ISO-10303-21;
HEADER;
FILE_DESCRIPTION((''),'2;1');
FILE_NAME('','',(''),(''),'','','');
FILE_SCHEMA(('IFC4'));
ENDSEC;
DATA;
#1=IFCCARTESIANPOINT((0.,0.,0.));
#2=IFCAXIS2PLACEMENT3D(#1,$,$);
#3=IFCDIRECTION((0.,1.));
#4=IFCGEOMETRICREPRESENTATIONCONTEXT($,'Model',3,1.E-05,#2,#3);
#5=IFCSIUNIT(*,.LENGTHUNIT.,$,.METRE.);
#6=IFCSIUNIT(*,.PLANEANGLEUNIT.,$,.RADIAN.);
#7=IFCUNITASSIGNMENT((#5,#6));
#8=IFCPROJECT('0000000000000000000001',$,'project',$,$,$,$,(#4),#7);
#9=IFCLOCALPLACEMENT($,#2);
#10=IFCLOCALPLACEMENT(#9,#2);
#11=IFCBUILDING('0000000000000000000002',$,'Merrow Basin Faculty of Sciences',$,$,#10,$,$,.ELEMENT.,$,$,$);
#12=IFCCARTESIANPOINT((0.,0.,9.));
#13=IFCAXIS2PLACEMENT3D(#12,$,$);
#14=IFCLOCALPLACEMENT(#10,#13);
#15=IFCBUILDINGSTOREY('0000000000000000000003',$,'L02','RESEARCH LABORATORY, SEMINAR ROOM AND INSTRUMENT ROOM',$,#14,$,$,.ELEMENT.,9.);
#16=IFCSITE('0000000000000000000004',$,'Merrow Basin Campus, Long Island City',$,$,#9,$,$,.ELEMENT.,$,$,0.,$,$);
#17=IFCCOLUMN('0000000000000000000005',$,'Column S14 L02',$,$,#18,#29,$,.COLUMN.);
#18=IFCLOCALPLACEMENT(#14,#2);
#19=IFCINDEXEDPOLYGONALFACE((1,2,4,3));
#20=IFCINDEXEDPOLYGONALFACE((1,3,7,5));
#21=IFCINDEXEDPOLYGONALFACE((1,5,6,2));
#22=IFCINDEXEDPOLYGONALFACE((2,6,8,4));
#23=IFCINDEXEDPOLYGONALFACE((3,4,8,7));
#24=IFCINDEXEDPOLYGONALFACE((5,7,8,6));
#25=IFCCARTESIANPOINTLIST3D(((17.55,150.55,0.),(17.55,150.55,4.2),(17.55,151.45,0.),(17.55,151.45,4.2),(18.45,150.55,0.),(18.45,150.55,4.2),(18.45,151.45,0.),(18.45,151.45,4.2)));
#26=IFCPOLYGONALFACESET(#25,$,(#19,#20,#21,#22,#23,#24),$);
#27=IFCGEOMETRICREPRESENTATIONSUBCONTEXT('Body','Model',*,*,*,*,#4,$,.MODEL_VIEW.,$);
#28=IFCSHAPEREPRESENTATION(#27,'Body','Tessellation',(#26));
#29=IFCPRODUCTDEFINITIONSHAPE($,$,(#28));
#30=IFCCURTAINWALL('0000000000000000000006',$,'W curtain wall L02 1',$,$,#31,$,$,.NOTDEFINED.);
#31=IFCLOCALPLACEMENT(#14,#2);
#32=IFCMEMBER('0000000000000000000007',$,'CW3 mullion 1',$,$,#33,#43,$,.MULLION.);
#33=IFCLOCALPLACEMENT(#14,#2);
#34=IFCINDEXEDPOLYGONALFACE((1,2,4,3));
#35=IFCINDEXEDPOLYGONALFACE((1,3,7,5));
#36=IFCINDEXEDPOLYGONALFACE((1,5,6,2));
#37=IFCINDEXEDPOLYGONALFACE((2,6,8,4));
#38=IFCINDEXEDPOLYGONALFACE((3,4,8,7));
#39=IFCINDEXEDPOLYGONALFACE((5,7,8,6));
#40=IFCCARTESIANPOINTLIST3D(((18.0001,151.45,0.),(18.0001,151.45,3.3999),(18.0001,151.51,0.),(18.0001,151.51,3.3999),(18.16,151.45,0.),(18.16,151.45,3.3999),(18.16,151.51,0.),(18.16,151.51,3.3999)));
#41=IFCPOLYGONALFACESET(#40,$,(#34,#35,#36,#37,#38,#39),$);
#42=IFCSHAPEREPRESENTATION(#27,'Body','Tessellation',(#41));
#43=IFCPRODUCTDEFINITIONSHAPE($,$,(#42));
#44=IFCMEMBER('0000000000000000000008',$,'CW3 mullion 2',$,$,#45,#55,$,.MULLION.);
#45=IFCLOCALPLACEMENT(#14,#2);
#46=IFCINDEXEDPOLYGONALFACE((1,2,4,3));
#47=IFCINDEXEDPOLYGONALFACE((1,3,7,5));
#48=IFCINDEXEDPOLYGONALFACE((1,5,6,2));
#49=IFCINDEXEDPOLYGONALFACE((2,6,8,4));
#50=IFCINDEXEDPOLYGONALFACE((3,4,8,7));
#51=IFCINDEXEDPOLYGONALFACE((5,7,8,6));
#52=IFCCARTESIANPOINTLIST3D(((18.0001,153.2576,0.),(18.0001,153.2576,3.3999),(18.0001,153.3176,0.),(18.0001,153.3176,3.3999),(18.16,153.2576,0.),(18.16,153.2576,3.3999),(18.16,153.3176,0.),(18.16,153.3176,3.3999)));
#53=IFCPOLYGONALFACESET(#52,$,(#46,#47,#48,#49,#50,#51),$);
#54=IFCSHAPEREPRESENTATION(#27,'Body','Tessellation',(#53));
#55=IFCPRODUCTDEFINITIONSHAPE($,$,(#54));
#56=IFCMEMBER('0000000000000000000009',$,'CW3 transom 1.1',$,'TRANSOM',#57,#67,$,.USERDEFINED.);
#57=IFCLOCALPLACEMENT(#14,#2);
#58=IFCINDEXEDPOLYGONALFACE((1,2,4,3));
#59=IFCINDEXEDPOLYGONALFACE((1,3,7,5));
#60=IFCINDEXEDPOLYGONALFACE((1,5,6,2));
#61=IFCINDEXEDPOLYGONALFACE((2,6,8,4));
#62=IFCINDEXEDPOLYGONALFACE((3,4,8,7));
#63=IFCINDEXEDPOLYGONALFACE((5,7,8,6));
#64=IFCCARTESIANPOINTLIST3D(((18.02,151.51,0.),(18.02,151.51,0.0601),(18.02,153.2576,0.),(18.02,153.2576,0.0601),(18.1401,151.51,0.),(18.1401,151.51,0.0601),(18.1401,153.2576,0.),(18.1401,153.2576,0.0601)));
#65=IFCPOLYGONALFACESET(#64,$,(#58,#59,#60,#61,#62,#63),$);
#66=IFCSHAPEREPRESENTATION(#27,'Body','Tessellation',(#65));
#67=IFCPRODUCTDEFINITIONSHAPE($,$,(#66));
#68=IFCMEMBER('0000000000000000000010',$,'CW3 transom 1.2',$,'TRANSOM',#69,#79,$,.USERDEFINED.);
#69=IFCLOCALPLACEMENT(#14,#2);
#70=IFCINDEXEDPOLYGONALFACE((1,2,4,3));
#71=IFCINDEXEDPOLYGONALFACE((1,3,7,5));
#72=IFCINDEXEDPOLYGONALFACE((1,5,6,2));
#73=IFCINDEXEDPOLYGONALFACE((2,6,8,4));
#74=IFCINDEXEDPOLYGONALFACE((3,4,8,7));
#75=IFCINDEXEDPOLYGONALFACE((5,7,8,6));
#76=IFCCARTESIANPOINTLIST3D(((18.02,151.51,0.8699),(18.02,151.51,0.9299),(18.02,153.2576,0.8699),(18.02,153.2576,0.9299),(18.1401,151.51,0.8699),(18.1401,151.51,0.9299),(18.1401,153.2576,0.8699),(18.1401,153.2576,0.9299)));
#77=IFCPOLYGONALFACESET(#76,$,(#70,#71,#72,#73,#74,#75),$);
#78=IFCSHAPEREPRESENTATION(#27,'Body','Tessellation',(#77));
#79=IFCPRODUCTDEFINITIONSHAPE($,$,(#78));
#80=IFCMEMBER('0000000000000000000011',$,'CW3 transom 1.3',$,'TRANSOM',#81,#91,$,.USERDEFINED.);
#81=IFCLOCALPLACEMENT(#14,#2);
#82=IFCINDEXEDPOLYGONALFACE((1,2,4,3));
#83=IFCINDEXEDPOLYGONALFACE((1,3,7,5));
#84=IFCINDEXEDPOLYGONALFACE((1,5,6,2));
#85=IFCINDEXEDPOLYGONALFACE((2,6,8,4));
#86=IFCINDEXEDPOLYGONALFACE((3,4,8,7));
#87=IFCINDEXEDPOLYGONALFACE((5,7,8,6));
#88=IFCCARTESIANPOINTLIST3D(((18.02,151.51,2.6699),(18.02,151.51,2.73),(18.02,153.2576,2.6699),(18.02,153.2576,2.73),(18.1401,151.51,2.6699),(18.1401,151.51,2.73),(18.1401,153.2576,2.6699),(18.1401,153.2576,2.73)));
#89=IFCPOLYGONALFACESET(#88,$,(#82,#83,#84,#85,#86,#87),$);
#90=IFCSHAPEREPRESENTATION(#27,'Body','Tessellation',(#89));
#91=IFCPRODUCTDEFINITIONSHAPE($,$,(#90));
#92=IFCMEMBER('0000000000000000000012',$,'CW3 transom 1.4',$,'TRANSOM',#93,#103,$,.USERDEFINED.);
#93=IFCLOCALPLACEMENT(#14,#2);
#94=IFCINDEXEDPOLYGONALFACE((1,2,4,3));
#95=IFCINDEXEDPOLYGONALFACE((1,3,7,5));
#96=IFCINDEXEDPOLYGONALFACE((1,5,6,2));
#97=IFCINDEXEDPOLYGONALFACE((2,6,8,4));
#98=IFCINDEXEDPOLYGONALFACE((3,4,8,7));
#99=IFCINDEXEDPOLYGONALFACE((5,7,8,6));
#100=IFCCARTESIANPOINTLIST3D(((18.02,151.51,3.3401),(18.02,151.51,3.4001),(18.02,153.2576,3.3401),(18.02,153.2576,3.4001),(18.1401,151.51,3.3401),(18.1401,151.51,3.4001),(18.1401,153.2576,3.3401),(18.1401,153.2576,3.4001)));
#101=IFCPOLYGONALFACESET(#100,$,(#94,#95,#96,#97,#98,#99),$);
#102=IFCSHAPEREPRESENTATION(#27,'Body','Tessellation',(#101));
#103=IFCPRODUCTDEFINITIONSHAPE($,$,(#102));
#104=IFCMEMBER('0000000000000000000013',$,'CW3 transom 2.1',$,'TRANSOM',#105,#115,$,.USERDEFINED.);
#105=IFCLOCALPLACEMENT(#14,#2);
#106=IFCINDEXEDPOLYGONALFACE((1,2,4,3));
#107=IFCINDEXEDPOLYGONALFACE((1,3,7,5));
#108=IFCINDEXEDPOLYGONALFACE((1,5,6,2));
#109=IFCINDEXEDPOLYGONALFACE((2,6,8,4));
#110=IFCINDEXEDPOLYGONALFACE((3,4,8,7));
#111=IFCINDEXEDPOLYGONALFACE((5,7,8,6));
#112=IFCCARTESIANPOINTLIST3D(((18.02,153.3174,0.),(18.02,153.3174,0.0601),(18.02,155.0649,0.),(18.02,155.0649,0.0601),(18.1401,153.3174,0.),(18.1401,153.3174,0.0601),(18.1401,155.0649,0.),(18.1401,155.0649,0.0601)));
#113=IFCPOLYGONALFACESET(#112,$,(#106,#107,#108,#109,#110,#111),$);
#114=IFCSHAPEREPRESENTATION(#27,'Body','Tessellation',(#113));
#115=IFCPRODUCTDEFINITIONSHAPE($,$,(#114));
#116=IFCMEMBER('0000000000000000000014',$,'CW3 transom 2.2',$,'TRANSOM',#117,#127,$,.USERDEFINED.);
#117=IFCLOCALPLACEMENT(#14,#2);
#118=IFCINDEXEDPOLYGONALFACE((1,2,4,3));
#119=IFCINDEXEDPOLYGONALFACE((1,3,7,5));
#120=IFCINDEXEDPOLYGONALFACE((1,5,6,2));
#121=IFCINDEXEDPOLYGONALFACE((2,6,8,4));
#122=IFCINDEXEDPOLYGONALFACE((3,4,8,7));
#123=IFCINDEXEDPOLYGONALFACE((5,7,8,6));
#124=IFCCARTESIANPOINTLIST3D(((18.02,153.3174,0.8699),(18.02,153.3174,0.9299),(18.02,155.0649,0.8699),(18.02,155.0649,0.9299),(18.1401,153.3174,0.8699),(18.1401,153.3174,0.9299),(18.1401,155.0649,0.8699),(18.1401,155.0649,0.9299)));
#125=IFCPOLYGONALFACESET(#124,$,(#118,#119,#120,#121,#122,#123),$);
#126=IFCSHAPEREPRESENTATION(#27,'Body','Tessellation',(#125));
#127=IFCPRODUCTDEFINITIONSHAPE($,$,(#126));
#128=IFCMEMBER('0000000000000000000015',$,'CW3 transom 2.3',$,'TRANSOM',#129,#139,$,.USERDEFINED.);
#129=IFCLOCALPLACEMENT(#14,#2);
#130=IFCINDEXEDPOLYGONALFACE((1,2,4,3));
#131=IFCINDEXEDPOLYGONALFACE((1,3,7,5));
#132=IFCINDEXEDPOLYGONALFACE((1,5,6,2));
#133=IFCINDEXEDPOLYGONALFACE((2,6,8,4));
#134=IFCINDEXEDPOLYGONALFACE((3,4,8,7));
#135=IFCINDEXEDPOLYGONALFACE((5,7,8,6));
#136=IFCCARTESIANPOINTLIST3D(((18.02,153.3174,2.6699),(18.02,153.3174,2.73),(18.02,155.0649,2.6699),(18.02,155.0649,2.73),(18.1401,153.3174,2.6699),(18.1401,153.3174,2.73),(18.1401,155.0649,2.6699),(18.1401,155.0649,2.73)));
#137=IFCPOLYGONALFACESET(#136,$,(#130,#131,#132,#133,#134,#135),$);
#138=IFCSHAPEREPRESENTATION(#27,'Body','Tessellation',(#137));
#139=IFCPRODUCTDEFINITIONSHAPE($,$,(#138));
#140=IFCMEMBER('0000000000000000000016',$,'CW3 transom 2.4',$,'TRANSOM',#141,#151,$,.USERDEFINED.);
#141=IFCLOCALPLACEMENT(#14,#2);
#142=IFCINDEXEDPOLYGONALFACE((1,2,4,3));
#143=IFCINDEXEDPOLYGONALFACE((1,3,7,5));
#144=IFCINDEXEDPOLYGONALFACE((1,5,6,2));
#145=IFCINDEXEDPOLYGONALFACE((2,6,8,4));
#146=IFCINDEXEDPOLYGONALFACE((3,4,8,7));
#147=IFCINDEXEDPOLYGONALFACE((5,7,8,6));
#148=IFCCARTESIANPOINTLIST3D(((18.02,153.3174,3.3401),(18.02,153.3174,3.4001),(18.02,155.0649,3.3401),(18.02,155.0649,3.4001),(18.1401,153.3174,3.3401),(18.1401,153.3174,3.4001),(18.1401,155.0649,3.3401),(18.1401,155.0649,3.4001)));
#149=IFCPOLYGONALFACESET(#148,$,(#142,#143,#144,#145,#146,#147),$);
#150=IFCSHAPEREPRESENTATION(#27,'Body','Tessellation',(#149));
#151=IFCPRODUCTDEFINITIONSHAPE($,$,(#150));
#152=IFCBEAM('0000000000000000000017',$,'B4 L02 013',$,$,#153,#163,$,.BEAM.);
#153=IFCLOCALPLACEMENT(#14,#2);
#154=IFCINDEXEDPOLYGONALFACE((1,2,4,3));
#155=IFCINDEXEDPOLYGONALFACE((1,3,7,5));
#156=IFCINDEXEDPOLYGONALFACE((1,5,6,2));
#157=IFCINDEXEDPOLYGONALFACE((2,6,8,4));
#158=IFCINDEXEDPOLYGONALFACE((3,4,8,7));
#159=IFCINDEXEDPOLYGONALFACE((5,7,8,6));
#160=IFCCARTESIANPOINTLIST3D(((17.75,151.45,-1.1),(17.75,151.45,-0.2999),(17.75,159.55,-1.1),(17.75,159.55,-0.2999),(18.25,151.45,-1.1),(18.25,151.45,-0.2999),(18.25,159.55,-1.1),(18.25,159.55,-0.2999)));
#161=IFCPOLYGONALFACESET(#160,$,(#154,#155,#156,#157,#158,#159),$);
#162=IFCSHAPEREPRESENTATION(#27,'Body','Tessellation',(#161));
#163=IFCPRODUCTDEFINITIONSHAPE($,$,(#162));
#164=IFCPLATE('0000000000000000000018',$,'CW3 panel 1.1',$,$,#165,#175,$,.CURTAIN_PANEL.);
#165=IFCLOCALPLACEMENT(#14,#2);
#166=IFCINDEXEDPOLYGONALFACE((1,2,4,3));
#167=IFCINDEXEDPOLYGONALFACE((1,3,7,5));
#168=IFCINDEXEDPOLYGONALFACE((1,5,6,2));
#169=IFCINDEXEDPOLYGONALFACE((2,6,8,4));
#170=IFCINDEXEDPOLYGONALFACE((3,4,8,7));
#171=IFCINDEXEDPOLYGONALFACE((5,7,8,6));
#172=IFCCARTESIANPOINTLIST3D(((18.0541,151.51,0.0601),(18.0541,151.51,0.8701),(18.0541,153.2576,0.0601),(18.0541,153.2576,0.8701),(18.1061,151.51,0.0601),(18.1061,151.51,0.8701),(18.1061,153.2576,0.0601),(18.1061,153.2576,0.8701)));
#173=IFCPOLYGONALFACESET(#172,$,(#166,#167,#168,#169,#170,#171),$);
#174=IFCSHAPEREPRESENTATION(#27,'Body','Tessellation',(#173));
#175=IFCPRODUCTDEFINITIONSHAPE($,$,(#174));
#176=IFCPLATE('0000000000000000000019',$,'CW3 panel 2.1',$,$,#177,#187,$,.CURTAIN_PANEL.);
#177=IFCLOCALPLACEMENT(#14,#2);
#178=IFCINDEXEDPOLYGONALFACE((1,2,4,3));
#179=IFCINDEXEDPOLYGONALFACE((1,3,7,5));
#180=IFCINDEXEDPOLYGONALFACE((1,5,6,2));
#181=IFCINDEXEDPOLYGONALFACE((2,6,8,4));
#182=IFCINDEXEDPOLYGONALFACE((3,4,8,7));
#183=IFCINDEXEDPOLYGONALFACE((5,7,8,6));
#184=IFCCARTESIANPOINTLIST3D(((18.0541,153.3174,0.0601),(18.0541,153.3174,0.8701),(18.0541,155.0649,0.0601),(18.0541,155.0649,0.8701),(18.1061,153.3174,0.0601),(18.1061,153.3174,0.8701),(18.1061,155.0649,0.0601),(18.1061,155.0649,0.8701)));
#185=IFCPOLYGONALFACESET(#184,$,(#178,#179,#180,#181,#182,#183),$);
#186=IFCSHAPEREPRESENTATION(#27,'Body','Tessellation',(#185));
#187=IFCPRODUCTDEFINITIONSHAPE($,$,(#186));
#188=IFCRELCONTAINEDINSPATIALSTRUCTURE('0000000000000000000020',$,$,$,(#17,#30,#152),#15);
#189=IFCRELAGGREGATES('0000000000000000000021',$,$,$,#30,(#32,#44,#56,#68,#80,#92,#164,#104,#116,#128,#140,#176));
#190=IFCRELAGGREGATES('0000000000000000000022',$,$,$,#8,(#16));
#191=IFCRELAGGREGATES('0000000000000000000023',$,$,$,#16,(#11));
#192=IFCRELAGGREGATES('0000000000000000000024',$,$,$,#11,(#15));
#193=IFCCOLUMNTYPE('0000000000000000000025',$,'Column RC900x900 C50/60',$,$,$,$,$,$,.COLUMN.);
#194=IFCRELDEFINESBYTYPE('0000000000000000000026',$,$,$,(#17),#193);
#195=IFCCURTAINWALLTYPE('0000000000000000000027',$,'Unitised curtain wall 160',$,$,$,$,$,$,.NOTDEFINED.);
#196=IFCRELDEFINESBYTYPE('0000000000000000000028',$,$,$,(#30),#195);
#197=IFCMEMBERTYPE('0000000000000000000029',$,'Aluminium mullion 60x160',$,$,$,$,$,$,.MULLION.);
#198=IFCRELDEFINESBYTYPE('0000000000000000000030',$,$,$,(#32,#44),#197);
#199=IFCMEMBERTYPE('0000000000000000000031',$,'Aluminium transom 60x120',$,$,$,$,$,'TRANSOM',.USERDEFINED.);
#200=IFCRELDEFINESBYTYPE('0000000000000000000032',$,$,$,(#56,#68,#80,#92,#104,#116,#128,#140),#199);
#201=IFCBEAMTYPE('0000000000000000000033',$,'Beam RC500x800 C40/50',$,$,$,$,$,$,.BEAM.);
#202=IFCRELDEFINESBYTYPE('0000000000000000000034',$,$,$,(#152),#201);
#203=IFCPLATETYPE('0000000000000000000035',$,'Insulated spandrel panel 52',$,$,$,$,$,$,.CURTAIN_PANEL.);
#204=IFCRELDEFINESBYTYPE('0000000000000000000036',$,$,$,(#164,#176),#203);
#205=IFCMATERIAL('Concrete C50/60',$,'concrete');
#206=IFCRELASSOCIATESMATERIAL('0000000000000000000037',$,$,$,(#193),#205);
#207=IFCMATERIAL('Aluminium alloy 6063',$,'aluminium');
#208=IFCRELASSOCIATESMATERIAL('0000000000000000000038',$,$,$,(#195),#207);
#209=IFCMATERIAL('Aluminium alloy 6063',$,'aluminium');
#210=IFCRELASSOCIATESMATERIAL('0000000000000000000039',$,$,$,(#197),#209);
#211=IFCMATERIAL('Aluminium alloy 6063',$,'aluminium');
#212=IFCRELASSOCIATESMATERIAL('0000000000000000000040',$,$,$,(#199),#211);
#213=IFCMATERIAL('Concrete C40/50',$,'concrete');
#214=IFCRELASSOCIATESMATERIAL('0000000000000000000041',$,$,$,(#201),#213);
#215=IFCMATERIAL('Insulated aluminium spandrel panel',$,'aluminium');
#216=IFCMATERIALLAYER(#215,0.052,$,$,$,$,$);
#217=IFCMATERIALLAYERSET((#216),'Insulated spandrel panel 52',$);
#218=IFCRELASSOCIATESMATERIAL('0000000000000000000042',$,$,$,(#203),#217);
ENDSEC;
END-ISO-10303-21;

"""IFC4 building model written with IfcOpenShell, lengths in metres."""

from ifc_helpers import new_model, si_unit, direction, frame, origin, origin_2d, place, context, subcontext, project, spatial, rectangle, extrude, material, layer, layer_set, material_profile, profile_set, type_object, element, aggregate, save


model = new_model("IFC4")

# Units and contexts
model_context = context("Model", 3, precision=1e-05, world=origin(), true_north=direction((0.0, 1.0)))
body_context = subcontext(model_context, "Body", "Model", "MODEL_VIEW")
ifc_project = project(units=[si_unit("LENGTHUNIT", "METRE"), si_unit("PLANEANGLEUNIT", "RADIAN")], contexts=[model_context])

# Site, building, storey
site_placement = place(None, origin())
site = spatial("IfcSite", under=ifc_project, at=site_placement, Name="Merrow Basin Campus, Long Island City", CompositionType="ELEMENT", RefElevation=0.0)
building_placement = place(site_placement, origin())
building = spatial("IfcBuilding", under=site, at=building_placement, Name="Merrow Basin Faculty of Sciences", CompositionType="ELEMENT")
storey_placement = place(building_placement, frame((0.0, 0.0, 9.0)))
storey = spatial("IfcBuildingStorey", under=building, at=storey_placement, Name="L02", Description="RESEARCH LABORATORY, SEMINAR ROOM AND INSTRUMENT ROOM", CompositionType="ELEMENT", Elevation=9.0)

# Column
ifc_material_1 = material(Name="Concrete C50/60", Category="concrete")
ifc_material_profile_1 = material_profile(ifc_material_1, rectangle(XDim=0.8999, YDim=0.8999, at=origin_2d()))
ifc_profile_set_1 = profile_set([ifc_material_profile_1], Name="Concrete C50/60")
column_type = type_object("IfcColumnType", Name="Column RC900x900 C50/60", PredefinedType="COLUMN", material=ifc_profile_set_1)
column_placement = place(storey_placement, frame((18.0, 151.0, 0.0), z_axis=(0.0, 0.0, 1.0), x_axis=(1.0, 0.0, 0.0)))
element("IfcColumn", 1, at=column_placement, inside=storey, type_object=column_type, Name="Column S14 L02", PredefinedType="COLUMN", context=body_context, shape_type="SweptSolid", body=[
    extrude(rectangle(XDim=0.8999, YDim=0.8999, at=origin_2d()), origin(), (0.0, 0.0, 1.0), 4.2),
])

# Curtain wall, members
ifc_material_2 = material(Name="Aluminium alloy 6063", Category="aluminium")
curtain_wall_type = type_object("IfcCurtainWallType", Name="Unitised curtain wall 160", PredefinedType="NOTDEFINED", material=ifc_material_2)
curtain_wall_placement = place(storey_placement, origin())
curtain_wall = element("IfcCurtainWall", 2, at=curtain_wall_placement, inside=storey, type_object=curtain_wall_type, Name="W curtain wall L02 1", PredefinedType="NOTDEFINED")
ifc_material_3 = material(Name="Aluminium alloy 6063", Category="aluminium")
ifc_material_profile_2 = material_profile(ifc_material_3, rectangle(XDim=0.1599, YDim=0.0601, at=origin_2d()))
ifc_profile_set_2 = profile_set([ifc_material_profile_2], Name="Aluminium alloy 6063")
member_type_1 = type_object("IfcMemberType", Name="Aluminium mullion 60x160", PredefinedType="MULLION", material=ifc_profile_set_2)
member_1_placement = place(storey_placement, frame((18.0801, 151.48, 0.0), z_axis=(0.0, 0.0, 1.0), x_axis=(-1.0, 0.0, 0.0)))
member_1 = element("IfcMember", 3, at=member_1_placement, type_object=member_type_1, Name="CW3 mullion 1", PredefinedType="MULLION", context=body_context, shape_type="SweptSolid", body=[
    extrude(rectangle(XDim=0.1599, YDim=0.0601, at=origin_2d()), origin(), (0.0, 0.0, 1.0), 3.3999),
])
member_2_placement = place(storey_placement, frame((18.0801, 153.2876, 0.0), z_axis=(0.0, 0.0, 1.0), x_axis=(-1.0, 0.0, 0.0)))
member_2 = element("IfcMember", 4, at=member_2_placement, type_object=member_type_1, Name="CW3 mullion 2", PredefinedType="MULLION", context=body_context, shape_type="SweptSolid", body=[
    extrude(rectangle(XDim=0.1599, YDim=0.0601, at=origin_2d()), origin(), (0.0, 0.0, 1.0), 3.3999),
])
ifc_material_4 = material(Name="Aluminium alloy 6063", Category="aluminium")
ifc_material_profile_3 = material_profile(ifc_material_4, rectangle(XDim=0.1201, YDim=0.0601, at=origin_2d()))
ifc_profile_set_3 = profile_set([ifc_material_profile_3], Name="Aluminium alloy 6063")
member_type_2 = type_object("IfcMemberType", Name="Aluminium transom 60x120", ElementType="TRANSOM", PredefinedType="USERDEFINED", material=ifc_profile_set_3)
member_3_placement = place(storey_placement, frame((18.0801, 151.51, 0.03), z_axis=(0.0, 1.0, 0.0), x_axis=(-1.0, 0.0, 0.0)))
member_3 = element("IfcMember", 5, at=member_3_placement, type_object=member_type_2, Name="CW3 transom 1.1", ObjectType="TRANSOM", PredefinedType="USERDEFINED", context=body_context, shape_type="SweptSolid", body=[
    extrude(rectangle(XDim=0.1201, YDim=0.0601, at=origin_2d()), origin(), (0.0, 0.0, 1.0), 1.7476),
])
member_4_placement = place(storey_placement, frame((18.0801, 151.51, 0.8999), z_axis=(0.0, 1.0, 0.0), x_axis=(-1.0, 0.0, 0.0)))
member_4 = element("IfcMember", 6, at=member_4_placement, type_object=member_type_2, Name="CW3 transom 1.2", ObjectType="TRANSOM", PredefinedType="USERDEFINED", context=body_context, shape_type="SweptSolid", body=[
    extrude(rectangle(XDim=0.1201, YDim=0.0601, at=origin_2d()), origin(), (0.0, 0.0, 1.0), 1.7476),
])
member_5_placement = place(storey_placement, frame((18.0801, 151.51, 2.7), z_axis=(0.0, 1.0, 0.0), x_axis=(-1.0, 0.0, 0.0)))
member_5 = element("IfcMember", 7, at=member_5_placement, type_object=member_type_2, Name="CW3 transom 1.3", ObjectType="TRANSOM", PredefinedType="USERDEFINED", context=body_context, shape_type="SweptSolid", body=[
    extrude(rectangle(XDim=0.1201, YDim=0.0601, at=origin_2d()), origin(), (0.0, 0.0, 1.0), 1.7476),
])
member_6_placement = place(storey_placement, frame((18.0801, 151.51, 3.3701), z_axis=(0.0, 1.0, 0.0), x_axis=(-1.0, 0.0, 0.0)))
member_6 = element("IfcMember", 8, at=member_6_placement, type_object=member_type_2, Name="CW3 transom 1.4", ObjectType="TRANSOM", PredefinedType="USERDEFINED", context=body_context, shape_type="SweptSolid", body=[
    extrude(rectangle(XDim=0.1201, YDim=0.0601, at=origin_2d()), origin(), (0.0, 0.0, 1.0), 1.7476),
])
member_7_placement = place(storey_placement, frame((18.0801, 153.3174, 0.03), z_axis=(0.0, 1.0, 0.0), x_axis=(-1.0, 0.0, 0.0)))
member_7 = element("IfcMember", 9, at=member_7_placement, type_object=member_type_2, Name="CW3 transom 2.1", ObjectType="TRANSOM", PredefinedType="USERDEFINED", context=body_context, shape_type="SweptSolid", body=[
    extrude(rectangle(XDim=0.1201, YDim=0.0601, at=origin_2d()), origin(), (0.0, 0.0, 1.0), 1.7476),
])
member_8_placement = place(storey_placement, frame((18.0801, 153.3174, 0.8999), z_axis=(0.0, 1.0, 0.0), x_axis=(-1.0, 0.0, 0.0)))
member_8 = element("IfcMember", 10, at=member_8_placement, type_object=member_type_2, Name="CW3 transom 2.2", ObjectType="TRANSOM", PredefinedType="USERDEFINED", context=body_context, shape_type="SweptSolid", body=[
    extrude(rectangle(XDim=0.1201, YDim=0.0601, at=origin_2d()), origin(), (0.0, 0.0, 1.0), 1.7476),
])
member_9_placement = place(storey_placement, frame((18.0801, 153.3174, 2.7), z_axis=(0.0, 1.0, 0.0), x_axis=(-1.0, 0.0, 0.0)))
member_9 = element("IfcMember", 11, at=member_9_placement, type_object=member_type_2, Name="CW3 transom 2.3", ObjectType="TRANSOM", PredefinedType="USERDEFINED", context=body_context, shape_type="SweptSolid", body=[
    extrude(rectangle(XDim=0.1201, YDim=0.0601, at=origin_2d()), origin(), (0.0, 0.0, 1.0), 1.7476),
])
member_10_placement = place(storey_placement, frame((18.0801, 153.3174, 3.3701), z_axis=(0.0, 1.0, 0.0), x_axis=(-1.0, 0.0, 0.0)))
member_10 = element("IfcMember", 12, at=member_10_placement, type_object=member_type_2, Name="CW3 transom 2.4", ObjectType="TRANSOM", PredefinedType="USERDEFINED", context=body_context, shape_type="SweptSolid", body=[
    extrude(rectangle(XDim=0.1201, YDim=0.0601, at=origin_2d()), origin(), (0.0, 0.0, 1.0), 1.7476),
])

# Beam
ifc_material_5 = material(Name="Concrete C40/50", Category="concrete")
ifc_material_profile_4 = material_profile(ifc_material_5, rectangle(XDim=0.5, YDim=0.8, at=origin_2d()))
ifc_profile_set_4 = profile_set([ifc_material_profile_4], Name="Concrete C40/50")
beam_type = type_object("IfcBeamType", Name="Beam RC500x800 C40/50", PredefinedType="BEAM", material=ifc_profile_set_4)
beam_placement = place(storey_placement, frame((18.0, 151.45, -0.7), z_axis=(0.0, 1.0, 0.0), x_axis=(-1.0, 0.0, 0.0)))
element("IfcBeam", 13, at=beam_placement, inside=storey, type_object=beam_type, Name="B4 L02 013", PredefinedType="BEAM", context=body_context, shape_type="SweptSolid", body=[
    extrude(rectangle(XDim=0.5, YDim=0.8, at=origin_2d()), origin(), (0.0, 0.0, 1.0), 8.1001),
])

# Plates
ifc_material_6 = material(Name="Insulated aluminium spandrel panel", Category="aluminium")
ifc_layer_1 = layer(ifc_material_6, 0.052)
ifc_layer_set_1 = layer_set([ifc_layer_1], Name="Insulated spandrel panel 52")
plate_type_1 = type_object("IfcPlateType", Name="Insulated spandrel panel 52", PredefinedType="CURTAIN_PANEL", material=ifc_layer_set_1)
plate_1_placement = place(storey_placement, frame((18.0801, 152.3838, 0.0601), z_axis=(0.0, 0.0, 1.0), x_axis=(0.0, 1.0, 0.0)))
plate_1 = element("IfcPlate", 14, at=plate_1_placement, type_object=plate_type_1, Name="CW3 panel 1.1", PredefinedType="CURTAIN_PANEL", context=body_context, shape_type="SweptSolid", body=[
    extrude(rectangle(XDim=1.7476, YDim=0.052, at=origin_2d()), origin(), (0.0, 0.0, 1.0), 0.8101),
])
plate_2_placement = place(storey_placement, frame((18.0801, 154.1912, 0.0601), z_axis=(0.0, 0.0, 1.0), x_axis=(0.0, 1.0, 0.0)))
plate_2 = element("IfcPlate", 15, at=plate_2_placement, type_object=plate_type_1, Name="CW3 panel 2.1", PredefinedType="CURTAIN_PANEL", context=body_context, shape_type="SweptSolid", body=[
    extrude(rectangle(XDim=1.7476, YDim=0.052, at=origin_2d()), origin(), (0.0, 0.0, 1.0), 0.8101),
])
aggregate(curtain_wall, [member_1, member_2, member_3, member_4, member_5, member_6, plate_1, member_7, member_8, member_9, member_10, plate_2])

save(model, "model.ifc")
